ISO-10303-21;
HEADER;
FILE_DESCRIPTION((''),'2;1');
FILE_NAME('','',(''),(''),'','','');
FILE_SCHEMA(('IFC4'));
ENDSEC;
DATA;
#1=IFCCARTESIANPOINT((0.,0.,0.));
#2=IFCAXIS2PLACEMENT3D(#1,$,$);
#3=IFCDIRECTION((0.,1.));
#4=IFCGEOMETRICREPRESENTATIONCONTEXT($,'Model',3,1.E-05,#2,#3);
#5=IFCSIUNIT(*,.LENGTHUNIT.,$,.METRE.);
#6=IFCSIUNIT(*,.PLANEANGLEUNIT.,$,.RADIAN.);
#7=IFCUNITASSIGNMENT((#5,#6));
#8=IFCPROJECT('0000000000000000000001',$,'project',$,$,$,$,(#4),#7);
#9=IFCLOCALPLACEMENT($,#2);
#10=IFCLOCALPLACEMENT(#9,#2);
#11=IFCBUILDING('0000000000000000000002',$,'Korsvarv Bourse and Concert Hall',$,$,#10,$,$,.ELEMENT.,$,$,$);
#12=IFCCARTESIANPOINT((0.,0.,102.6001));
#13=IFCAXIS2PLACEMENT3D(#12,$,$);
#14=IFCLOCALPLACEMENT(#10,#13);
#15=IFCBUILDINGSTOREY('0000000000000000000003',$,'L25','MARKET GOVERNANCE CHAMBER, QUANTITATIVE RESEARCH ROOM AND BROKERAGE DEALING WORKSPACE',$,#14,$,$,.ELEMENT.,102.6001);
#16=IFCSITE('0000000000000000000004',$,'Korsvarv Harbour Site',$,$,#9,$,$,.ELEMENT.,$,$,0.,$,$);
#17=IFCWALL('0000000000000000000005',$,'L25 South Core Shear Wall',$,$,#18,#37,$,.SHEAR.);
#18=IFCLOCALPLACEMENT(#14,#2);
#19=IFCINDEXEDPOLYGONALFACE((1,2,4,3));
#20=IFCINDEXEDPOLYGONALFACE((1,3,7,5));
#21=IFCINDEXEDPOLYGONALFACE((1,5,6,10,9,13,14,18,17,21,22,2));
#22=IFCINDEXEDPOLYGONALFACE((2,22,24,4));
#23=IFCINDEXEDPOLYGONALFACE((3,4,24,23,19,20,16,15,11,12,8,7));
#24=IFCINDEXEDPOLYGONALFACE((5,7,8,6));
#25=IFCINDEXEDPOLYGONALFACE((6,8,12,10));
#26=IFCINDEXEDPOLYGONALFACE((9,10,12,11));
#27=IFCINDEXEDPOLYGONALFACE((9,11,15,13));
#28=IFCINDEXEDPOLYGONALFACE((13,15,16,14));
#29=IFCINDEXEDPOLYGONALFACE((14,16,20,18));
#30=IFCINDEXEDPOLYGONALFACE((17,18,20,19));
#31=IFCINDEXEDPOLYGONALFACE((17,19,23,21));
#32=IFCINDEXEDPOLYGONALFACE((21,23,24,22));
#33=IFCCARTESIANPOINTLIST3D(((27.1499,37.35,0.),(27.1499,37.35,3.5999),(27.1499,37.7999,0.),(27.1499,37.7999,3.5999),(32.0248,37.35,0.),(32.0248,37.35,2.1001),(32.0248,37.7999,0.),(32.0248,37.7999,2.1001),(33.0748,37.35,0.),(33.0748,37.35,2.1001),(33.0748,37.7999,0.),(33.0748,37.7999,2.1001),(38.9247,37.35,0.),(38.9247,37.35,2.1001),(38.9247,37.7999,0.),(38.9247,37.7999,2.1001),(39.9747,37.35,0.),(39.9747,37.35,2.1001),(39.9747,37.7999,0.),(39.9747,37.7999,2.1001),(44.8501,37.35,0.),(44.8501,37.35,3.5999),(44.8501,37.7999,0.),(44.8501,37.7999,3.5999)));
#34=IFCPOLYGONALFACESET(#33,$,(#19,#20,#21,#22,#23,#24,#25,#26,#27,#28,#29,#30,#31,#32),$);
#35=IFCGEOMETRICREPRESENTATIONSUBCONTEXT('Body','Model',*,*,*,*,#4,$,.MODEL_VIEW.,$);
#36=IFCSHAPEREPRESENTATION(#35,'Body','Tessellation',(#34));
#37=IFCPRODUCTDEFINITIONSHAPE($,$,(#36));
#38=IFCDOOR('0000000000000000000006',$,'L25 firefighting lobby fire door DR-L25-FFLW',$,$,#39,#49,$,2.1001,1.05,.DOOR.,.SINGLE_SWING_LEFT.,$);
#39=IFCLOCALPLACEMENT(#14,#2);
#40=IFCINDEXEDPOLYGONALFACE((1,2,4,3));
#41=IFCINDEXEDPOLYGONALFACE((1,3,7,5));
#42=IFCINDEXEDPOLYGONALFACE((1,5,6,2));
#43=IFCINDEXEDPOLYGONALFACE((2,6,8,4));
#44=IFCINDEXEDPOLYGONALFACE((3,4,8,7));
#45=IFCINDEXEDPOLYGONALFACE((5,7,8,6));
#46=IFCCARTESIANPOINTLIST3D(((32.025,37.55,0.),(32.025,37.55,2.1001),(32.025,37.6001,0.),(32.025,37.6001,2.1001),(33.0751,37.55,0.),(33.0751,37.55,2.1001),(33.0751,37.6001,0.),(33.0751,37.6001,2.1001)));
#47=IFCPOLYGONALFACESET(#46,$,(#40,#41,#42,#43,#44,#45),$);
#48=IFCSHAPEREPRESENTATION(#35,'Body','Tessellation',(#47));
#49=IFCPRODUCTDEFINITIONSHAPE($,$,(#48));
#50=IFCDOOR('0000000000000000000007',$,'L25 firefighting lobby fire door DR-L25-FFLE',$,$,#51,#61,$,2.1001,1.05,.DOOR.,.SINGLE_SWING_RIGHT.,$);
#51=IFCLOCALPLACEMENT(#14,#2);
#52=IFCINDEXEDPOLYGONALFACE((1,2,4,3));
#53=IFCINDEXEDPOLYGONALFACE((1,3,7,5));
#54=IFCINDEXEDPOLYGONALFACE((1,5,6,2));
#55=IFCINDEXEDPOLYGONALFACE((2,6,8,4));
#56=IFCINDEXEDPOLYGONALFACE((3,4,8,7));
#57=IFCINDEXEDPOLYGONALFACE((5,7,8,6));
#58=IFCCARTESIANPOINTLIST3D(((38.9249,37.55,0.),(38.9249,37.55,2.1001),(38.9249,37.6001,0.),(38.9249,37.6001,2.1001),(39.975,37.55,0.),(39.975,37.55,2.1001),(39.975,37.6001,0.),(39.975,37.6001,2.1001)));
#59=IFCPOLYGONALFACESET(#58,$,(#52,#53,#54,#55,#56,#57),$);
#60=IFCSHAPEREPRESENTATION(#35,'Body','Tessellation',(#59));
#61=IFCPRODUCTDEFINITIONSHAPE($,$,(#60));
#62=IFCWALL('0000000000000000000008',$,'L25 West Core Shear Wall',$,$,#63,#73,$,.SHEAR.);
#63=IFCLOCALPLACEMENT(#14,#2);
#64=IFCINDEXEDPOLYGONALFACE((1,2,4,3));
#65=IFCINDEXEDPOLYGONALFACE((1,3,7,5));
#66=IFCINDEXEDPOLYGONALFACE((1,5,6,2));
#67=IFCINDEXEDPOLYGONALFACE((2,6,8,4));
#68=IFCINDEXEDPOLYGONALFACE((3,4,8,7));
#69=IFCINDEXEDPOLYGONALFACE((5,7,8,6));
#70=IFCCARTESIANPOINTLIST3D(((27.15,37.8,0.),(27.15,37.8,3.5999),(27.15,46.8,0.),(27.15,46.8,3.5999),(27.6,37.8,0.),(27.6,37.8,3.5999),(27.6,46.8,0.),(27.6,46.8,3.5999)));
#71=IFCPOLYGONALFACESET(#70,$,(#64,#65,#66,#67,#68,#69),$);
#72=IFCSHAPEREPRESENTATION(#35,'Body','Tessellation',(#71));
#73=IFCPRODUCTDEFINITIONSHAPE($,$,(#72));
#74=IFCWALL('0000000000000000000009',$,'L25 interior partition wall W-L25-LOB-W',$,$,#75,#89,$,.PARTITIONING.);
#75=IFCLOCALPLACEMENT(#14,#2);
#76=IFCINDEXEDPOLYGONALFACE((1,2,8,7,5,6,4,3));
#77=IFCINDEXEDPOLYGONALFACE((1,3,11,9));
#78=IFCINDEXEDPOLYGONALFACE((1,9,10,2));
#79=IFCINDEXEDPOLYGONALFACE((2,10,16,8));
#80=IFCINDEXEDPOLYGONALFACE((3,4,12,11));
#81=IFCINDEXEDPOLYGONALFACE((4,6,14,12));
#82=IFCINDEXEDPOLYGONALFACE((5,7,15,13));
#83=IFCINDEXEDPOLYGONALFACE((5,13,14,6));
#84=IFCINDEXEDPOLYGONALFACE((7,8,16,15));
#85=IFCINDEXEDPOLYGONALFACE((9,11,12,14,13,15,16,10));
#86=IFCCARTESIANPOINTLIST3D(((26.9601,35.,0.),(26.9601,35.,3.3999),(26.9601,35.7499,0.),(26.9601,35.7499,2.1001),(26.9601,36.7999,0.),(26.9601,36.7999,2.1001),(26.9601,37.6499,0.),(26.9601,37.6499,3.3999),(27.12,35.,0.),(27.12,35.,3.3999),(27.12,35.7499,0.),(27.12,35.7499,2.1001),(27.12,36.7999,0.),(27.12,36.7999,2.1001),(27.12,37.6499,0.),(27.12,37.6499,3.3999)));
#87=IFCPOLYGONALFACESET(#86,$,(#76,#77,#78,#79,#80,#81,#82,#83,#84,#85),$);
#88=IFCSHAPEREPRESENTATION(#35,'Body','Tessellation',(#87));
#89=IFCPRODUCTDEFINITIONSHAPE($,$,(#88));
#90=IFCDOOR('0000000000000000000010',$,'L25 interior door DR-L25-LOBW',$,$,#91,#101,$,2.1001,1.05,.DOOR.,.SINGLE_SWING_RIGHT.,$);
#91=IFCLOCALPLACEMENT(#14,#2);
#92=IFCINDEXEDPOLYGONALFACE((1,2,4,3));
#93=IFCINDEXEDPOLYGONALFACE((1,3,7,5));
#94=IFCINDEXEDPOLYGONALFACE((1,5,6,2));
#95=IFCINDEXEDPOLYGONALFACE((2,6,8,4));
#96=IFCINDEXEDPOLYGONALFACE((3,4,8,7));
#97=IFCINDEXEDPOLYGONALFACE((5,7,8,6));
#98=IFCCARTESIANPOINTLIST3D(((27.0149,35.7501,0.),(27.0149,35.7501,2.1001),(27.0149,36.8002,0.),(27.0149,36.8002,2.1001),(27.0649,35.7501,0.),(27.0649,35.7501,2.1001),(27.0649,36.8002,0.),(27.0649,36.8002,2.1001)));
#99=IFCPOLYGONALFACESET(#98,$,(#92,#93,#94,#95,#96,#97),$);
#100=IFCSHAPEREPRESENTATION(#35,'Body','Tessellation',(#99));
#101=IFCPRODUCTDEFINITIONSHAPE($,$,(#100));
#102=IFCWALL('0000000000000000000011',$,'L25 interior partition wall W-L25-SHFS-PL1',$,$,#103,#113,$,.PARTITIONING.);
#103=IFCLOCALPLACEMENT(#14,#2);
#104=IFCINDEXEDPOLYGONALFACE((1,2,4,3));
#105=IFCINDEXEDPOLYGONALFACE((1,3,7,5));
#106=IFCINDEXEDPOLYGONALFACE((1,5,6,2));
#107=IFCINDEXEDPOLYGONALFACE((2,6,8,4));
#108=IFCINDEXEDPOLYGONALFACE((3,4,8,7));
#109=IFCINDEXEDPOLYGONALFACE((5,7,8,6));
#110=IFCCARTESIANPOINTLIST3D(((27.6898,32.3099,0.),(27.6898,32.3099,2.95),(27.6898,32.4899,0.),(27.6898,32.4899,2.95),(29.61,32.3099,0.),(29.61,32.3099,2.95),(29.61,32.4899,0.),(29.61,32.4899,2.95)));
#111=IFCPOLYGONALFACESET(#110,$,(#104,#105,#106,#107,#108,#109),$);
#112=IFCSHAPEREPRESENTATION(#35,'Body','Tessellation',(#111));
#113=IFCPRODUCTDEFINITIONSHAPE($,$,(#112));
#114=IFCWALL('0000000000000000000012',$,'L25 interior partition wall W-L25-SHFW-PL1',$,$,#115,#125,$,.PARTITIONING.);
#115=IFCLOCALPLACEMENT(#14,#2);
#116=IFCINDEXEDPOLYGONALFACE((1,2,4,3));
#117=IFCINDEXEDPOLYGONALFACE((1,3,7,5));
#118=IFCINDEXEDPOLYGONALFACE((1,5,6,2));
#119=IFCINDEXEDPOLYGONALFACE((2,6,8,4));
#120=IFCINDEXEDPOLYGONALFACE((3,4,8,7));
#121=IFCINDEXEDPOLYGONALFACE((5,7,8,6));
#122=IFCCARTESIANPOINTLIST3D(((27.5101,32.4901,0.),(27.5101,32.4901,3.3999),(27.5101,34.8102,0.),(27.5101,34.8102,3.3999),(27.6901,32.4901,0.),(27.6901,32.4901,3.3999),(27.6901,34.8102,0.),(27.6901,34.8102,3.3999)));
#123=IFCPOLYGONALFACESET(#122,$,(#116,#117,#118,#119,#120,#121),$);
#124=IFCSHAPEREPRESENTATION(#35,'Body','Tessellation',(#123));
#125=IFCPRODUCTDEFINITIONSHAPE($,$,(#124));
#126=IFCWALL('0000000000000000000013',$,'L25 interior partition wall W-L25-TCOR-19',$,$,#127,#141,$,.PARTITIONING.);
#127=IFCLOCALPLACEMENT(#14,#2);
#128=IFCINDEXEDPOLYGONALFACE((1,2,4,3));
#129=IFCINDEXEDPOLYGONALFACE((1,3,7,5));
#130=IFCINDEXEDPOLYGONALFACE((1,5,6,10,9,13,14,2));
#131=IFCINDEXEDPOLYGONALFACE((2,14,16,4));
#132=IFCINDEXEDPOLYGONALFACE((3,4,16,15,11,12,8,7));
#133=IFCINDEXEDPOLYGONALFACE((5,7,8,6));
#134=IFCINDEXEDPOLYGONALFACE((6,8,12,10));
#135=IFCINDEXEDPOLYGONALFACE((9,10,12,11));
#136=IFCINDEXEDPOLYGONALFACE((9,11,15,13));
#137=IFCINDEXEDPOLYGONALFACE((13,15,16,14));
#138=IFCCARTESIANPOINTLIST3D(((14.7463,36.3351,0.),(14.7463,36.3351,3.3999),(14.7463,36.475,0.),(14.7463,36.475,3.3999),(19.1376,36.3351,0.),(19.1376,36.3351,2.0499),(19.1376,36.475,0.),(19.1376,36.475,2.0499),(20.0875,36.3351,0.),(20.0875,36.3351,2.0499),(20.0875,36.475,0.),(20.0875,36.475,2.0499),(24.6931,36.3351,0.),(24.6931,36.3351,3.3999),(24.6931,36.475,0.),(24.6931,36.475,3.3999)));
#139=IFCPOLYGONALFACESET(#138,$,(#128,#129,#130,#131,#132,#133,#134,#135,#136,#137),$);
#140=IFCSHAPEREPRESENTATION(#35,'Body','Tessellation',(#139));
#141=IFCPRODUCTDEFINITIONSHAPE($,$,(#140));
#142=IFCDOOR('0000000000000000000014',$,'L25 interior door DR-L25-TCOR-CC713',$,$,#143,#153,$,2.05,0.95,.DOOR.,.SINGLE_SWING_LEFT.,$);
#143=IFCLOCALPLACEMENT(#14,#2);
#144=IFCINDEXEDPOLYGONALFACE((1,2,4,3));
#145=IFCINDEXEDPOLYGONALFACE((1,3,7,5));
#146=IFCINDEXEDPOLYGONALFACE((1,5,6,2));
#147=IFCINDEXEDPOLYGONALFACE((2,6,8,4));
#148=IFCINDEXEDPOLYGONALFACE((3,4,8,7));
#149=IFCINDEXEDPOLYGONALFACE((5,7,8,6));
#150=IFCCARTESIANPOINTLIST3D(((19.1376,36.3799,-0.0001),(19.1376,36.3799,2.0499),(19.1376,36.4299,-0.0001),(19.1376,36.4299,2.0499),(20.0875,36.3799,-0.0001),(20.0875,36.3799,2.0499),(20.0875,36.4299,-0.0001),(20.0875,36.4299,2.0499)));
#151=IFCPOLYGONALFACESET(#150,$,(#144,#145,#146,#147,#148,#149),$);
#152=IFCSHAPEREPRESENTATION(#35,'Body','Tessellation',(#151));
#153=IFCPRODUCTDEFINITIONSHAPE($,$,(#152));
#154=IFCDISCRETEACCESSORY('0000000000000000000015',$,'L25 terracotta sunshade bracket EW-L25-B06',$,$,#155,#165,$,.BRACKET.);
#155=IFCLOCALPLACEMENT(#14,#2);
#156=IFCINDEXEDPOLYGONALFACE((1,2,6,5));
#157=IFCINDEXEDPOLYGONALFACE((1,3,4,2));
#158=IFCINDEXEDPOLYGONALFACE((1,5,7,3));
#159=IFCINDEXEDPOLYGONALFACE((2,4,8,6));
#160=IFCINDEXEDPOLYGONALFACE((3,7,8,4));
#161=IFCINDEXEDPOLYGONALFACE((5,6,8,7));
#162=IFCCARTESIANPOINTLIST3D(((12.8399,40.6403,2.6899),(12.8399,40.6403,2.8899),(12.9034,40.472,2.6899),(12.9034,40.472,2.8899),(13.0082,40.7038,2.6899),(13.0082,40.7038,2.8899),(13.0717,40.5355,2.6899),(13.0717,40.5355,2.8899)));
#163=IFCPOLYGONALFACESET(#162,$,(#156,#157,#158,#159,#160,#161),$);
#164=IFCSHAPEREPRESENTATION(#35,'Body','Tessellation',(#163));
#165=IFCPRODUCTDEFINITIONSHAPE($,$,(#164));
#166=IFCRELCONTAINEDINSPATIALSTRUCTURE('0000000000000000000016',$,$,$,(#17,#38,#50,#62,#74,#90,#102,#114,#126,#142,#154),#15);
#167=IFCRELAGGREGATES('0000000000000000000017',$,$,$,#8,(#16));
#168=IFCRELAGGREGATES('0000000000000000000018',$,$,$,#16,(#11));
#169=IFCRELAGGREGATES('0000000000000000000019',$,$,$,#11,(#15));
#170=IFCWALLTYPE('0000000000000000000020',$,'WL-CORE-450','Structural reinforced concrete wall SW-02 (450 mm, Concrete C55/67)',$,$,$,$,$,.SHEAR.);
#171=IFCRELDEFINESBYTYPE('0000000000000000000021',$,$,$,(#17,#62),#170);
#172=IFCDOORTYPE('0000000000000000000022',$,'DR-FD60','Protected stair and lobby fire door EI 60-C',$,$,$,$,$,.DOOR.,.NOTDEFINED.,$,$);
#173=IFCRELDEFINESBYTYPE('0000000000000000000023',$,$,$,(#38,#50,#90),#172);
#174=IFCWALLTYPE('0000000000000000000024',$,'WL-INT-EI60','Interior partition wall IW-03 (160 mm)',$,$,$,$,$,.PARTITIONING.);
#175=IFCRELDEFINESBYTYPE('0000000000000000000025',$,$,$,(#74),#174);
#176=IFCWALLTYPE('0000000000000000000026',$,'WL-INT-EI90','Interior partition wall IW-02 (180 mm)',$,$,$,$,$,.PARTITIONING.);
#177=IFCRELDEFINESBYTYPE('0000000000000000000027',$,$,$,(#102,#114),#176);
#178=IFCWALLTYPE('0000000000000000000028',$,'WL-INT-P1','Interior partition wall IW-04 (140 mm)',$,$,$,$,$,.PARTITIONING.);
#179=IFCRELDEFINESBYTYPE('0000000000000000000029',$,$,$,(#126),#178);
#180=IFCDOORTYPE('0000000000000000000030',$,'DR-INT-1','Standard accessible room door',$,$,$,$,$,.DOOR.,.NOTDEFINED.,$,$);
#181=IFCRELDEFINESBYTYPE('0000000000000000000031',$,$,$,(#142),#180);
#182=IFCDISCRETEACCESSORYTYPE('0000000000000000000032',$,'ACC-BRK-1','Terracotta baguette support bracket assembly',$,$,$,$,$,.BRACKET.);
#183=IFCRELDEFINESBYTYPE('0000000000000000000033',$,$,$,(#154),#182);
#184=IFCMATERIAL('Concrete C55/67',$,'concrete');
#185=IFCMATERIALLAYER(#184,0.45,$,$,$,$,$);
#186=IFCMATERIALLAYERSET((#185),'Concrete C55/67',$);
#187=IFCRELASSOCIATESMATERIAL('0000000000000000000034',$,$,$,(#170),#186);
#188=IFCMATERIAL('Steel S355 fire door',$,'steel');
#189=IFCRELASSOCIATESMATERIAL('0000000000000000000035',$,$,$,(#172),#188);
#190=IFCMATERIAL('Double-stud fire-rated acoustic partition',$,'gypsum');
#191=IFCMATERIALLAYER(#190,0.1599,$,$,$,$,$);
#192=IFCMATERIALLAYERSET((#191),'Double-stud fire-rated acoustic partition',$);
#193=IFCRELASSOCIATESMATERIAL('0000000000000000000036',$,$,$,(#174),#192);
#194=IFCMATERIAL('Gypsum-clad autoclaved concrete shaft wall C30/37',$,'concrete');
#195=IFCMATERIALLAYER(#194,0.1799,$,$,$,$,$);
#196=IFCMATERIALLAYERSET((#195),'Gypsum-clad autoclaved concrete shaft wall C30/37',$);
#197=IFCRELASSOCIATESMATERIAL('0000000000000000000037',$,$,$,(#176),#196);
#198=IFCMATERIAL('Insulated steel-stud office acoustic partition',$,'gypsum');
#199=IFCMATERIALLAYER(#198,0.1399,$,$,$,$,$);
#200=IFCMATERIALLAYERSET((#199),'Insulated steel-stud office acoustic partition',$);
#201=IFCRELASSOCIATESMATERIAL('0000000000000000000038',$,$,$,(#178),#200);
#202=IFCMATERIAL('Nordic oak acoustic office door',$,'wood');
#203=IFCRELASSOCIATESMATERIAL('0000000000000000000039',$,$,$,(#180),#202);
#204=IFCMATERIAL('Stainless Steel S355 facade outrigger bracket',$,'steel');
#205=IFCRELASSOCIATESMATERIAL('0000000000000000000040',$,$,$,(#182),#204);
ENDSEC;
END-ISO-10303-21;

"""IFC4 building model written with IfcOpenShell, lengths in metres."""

from ifc_helpers import new_model, si_unit, direction, frame, frame_2d, origin, origin_2d, place, context, subcontext, project, spatial, rectangle, extrude, source, transform, mapped, material, layer, layer_set, type_object, element, fill, save


model = new_model("IFC4")

# Units and contexts
model_context = context("Model", 3, precision=1e-05, world=origin(), true_north=direction((0.0, 1.0)))
body_context = subcontext(model_context, "Body", "Model", "MODEL_VIEW")
ifc_project = project(units=[si_unit("LENGTHUNIT", "METRE"), si_unit("PLANEANGLEUNIT", "RADIAN")], contexts=[model_context])

# Site, building, storey
site_placement = place(None, origin())
site = spatial("IfcSite", under=ifc_project, at=site_placement, Name="Korsvarv Harbour Site", CompositionType="ELEMENT", RefElevation=0.0)
building_placement = place(site_placement, origin())
building = spatial("IfcBuilding", under=site, at=building_placement, Name="Korsvarv Bourse and Concert Hall", CompositionType="ELEMENT")
storey_placement = place(building_placement, frame((0.0, 0.0, 102.6001)))
storey = spatial("IfcBuildingStorey", under=building, at=storey_placement, Name="L25", Description="MARKET GOVERNANCE CHAMBER, QUANTITATIVE RESEARCH ROOM AND BROKERAGE DEALING WORKSPACE", CompositionType="ELEMENT", Elevation=102.6001)

# Wall, openings, doors
ifc_material_1 = material(Name="Concrete C55/67", Category="concrete")
ifc_layer_1 = layer(ifc_material_1, 0.45)
ifc_layer_set_1 = layer_set([ifc_layer_1], Name="Concrete C55/67")
wall_type_1 = type_object("IfcWallType", Name="WL-CORE-450", Description="Structural reinforced concrete wall SW-02 (450 mm, Concrete C55/67)", PredefinedType="SHEAR", material=ifc_layer_set_1)
wall_1_placement = place(storey_placement, frame((27.1499, 37.575, 0.0), z_axis=(0.0, 0.0, 1.0), x_axis=(1.0, 0.0, 0.0)))
wall_1 = element("IfcWall", 1, at=wall_1_placement, inside=storey, type_object=wall_type_1, Name="L25 South Core Shear Wall", PredefinedType="SHEAR", context=body_context, shape_type="SweptSolid", body=[
    extrude(rectangle(XDim=17.7002, YDim=0.45, at=frame_2d((8.8501, 0.0))), origin(), (0.0, 0.0, 1.0), 3.5999),
])
opening_1_placement = place(wall_1_placement, frame((4.875, 0.0, 0.0)))
opening_1 = element("IfcOpeningElement", 2, at=opening_1_placement, cuts=wall_1, PredefinedType="OPENING", context=body_context, shape_type="SweptSolid", body=[
    extrude(rectangle(XDim=1.05, YDim=2.1001, at=frame_2d((0.5249, 1.05))), frame((0.0, 0.2349, 0.0), z_axis=(0.0, -1.0, 0.0), x_axis=(1.0, 0.0, 0.0)), (0.0, 0.0, 1.0), 0.47),
])
opening_2_placement = place(wall_1_placement, frame((11.7749, 0.0, 0.0)))
opening_2 = element("IfcOpeningElement", 3, at=opening_2_placement, cuts=wall_1, PredefinedType="OPENING", context=body_context, shape_type="SweptSolid", body=[
    extrude(rectangle(XDim=1.05, YDim=2.1001, at=frame_2d((0.5249, 1.05))), frame((0.0, 0.2349, 0.0), z_axis=(0.0, -1.0, 0.0), x_axis=(1.0, 0.0, 0.0)), (0.0, 0.0, 1.0), 0.47),
])
ifc_material_2 = material(Name="Steel S355 fire door", Category="steel")
door_type_1 = type_object("IfcDoorType", Name="DR-FD60", Description="Protected stair and lobby fire door EI 60-C", OperationType="NOTDEFINED", PredefinedType="DOOR", material=ifc_material_2)
door_1_placement = place(opening_1_placement, frame((1.05, 0.0, 0.0), z_axis=(0.0, 0.0, 1.0), x_axis=(-1.0, 0.0, 0.0)))
door_1 = element("IfcDoor", 4, at=door_1_placement, inside=storey, type_object=door_type_1, Name="L25 firefighting lobby fire door DR-L25-FFLW", OperationType="SINGLE_SWING_LEFT", OverallHeight=2.1001, OverallWidth=1.05, PredefinedType="DOOR", context=body_context, shape_type="SweptSolid", body=[
    extrude(rectangle(XDim=1.05, YDim=2.1001, at=frame_2d((0.5249, 1.05))), frame((0.0, 0.0249, 0.0), z_axis=(0.0, -1.0, 0.0), x_axis=(1.0, 0.0, 0.0)), (0.0, 0.0, 1.0), 0.05),
])
fill(opening_1, door_1)
door_2_placement = place(opening_2_placement, frame((1.05, 0.0, 0.0), z_axis=(0.0, 0.0, 1.0), x_axis=(-1.0, 0.0, 0.0)))
door_2 = element("IfcDoor", 5, at=door_2_placement, inside=storey, type_object=door_type_1, Name="L25 firefighting lobby fire door DR-L25-FFLE", OperationType="SINGLE_SWING_RIGHT", OverallHeight=2.1001, OverallWidth=1.05, PredefinedType="DOOR", context=body_context, shape_type="SweptSolid", body=[
    extrude(rectangle(XDim=1.05, YDim=2.1001, at=frame_2d((0.5249, 1.05))), frame((0.0, 0.0249, 0.0), z_axis=(0.0, -1.0, 0.0), x_axis=(1.0, 0.0, 0.0)), (0.0, 0.0, 1.0), 0.05),
])
fill(opening_2, door_2)

# Wall
wall_2_placement = place(storey_placement, frame((27.375, 37.8, 0.0), z_axis=(0.0, 0.0, 1.0), x_axis=(0.0, 1.0, 0.0)))
element("IfcWall", 6, at=wall_2_placement, inside=storey, type_object=wall_type_1, Name="L25 West Core Shear Wall", PredefinedType="SHEAR", context=body_context, shape_type="SweptSolid", body=[
    extrude(rectangle(XDim=9.0, YDim=0.45, at=frame_2d((4.5, 0.0))), origin(), (0.0, 0.0, 1.0), 3.5999),
])

# Wall, opening, door
ifc_material_3 = material(Name="Double-stud fire-rated acoustic partition", Category="gypsum")
ifc_layer_2 = layer(ifc_material_3, 0.1599)
ifc_layer_set_2 = layer_set([ifc_layer_2], Name="Double-stud fire-rated acoustic partition")
wall_type_2 = type_object("IfcWallType", Name="WL-INT-EI60", Description="Interior partition wall IW-03 (160 mm)", PredefinedType="PARTITIONING", material=ifc_layer_set_2)
wall_3_placement = place(storey_placement, frame((27.04, 35.0, 0.0), z_axis=(0.0, 0.0, 1.0), x_axis=(0.0, 1.0, 0.0)))
wall_3 = element("IfcWall", 7, at=wall_3_placement, inside=storey, type_object=wall_type_2, Name="L25 interior partition wall W-L25-LOB-W", PredefinedType="PARTITIONING", context=body_context, shape_type="SweptSolid", body=[
    extrude(rectangle(XDim=2.6499, YDim=0.1599, at=frame_2d((1.325, 0.0))), origin(), (0.0, 0.0, 1.0), 3.3999),
])
opening_3_placement = place(wall_3_placement, frame((0.75, 0.0, 0.0)))
opening_3 = element("IfcOpeningElement", 8, at=opening_3_placement, cuts=wall_3, PredefinedType="OPENING", context=body_context, shape_type="SweptSolid", body=[
    extrude(rectangle(XDim=1.05, YDim=2.1001, at=frame_2d((0.5249, 1.05))), frame((0.0, 0.0898, 0.0), z_axis=(0.0, -1.0, 0.0), x_axis=(1.0, 0.0, 0.0)), (0.0, 0.0, 1.0), 0.1799),
])
door_3_placement = place(opening_3_placement, frame((1.05, 0.0, 0.0), z_axis=(0.0, 0.0, 1.0), x_axis=(-1.0, 0.0, 0.0)))
door_3 = element("IfcDoor", 9, at=door_3_placement, inside=storey, type_object=door_type_1, Name="L25 interior door DR-L25-LOBW", OperationType="SINGLE_SWING_RIGHT", OverallHeight=2.1001, OverallWidth=1.05, PredefinedType="DOOR", context=body_context, shape_type="SweptSolid", body=[
    extrude(rectangle(XDim=1.05, YDim=2.1001, at=frame_2d((0.5249, 1.05))), frame((0.0, 0.0249, 0.0), z_axis=(0.0, -1.0, 0.0), x_axis=(1.0, 0.0, 0.0)), (0.0, 0.0, 1.0), 0.05),
])
fill(opening_3, door_3)

# Walls
ifc_material_4 = material(Name="Gypsum-clad autoclaved concrete shaft wall C30/37", Category="concrete")
ifc_layer_3 = layer(ifc_material_4, 0.1799)
ifc_layer_set_3 = layer_set([ifc_layer_3], Name="Gypsum-clad autoclaved concrete shaft wall C30/37")
wall_type_3 = type_object("IfcWallType", Name="WL-INT-EI90", Description="Interior partition wall IW-02 (180 mm)", PredefinedType="PARTITIONING", material=ifc_layer_set_3)
wall_4_placement = place(storey_placement, frame((27.6899, 32.3999, 0.0), z_axis=(0.0, 0.0, 1.0), x_axis=(1.0, 0.0, 0.0)))
element("IfcWall", 10, at=wall_4_placement, inside=storey, type_object=wall_type_3, Name="L25 interior partition wall W-L25-SHFS-PL1", PredefinedType="PARTITIONING", context=body_context, shape_type="SweptSolid", body=[
    extrude(rectangle(XDim=1.9202, YDim=0.1799, at=frame_2d((0.96, 0.0))), origin(), (0.0, 0.0, 1.0), 2.95),
])
wall_5_placement = place(storey_placement, frame((27.6001, 32.49, 0.0), z_axis=(0.0, 0.0, 1.0), x_axis=(0.0, 1.0, 0.0)))
element("IfcWall", 11, at=wall_5_placement, inside=storey, type_object=wall_type_3, Name="L25 interior partition wall W-L25-SHFW-PL1", PredefinedType="PARTITIONING", context=body_context, shape_type="SweptSolid", body=[
    extrude(rectangle(XDim=2.3201, YDim=0.1799, at=frame_2d((1.1602, 0.0))), origin(), (0.0, 0.0, 1.0), 3.3999),
])

# Wall, opening, door
ifc_material_5 = material(Name="Insulated steel-stud office acoustic partition", Category="gypsum")
ifc_layer_4 = layer(ifc_material_5, 0.1399)
ifc_layer_set_4 = layer_set([ifc_layer_4], Name="Insulated steel-stud office acoustic partition")
wall_type_4 = type_object("IfcWallType", Name="WL-INT-P1", Description="Interior partition wall IW-04 (140 mm)", PredefinedType="PARTITIONING", material=ifc_layer_set_4)
wall_6_placement = place(storey_placement, frame((14.7463, 36.405, 0.0), z_axis=(0.0, 0.0, 1.0), x_axis=(1.0, 0.0, 0.0)))
wall_6 = element("IfcWall", 12, at=wall_6_placement, inside=storey, type_object=wall_type_4, Name="L25 interior partition wall W-L25-TCOR-19", PredefinedType="PARTITIONING", context=body_context, shape_type="SweptSolid", body=[
    extrude(rectangle(XDim=9.9468, YDim=0.1399, at=frame_2d((4.9734, 0.0))), origin(), (0.0, 0.0, 1.0), 3.3999),
])
opening_4_placement = place(wall_6_placement, frame((4.3911, 0.0, 0.0)))
opening_4 = element("IfcOpeningElement", 13, at=opening_4_placement, cuts=wall_6, PredefinedType="OPENING", context=body_context, shape_type="SweptSolid", body=[
    extrude(rectangle(XDim=0.95, YDim=2.05, at=frame_2d((0.4751, 1.0249))), frame((0.0, 0.0801, 0.0), z_axis=(0.0, -1.0, 0.0), x_axis=(1.0, 0.0, 0.0)), (0.0, 0.0, 1.0), 0.1599),
])
ifc_material_6 = material(Name="Nordic oak acoustic office door", Category="wood")
door_type_2 = type_object("IfcDoorType", Name="DR-INT-1", Description="Standard accessible room door", OperationType="NOTDEFINED", PredefinedType="DOOR", material=ifc_material_6)
door_4_placement = place(opening_4_placement, origin())
door_4 = element("IfcDoor", 14, at=door_4_placement, inside=storey, type_object=door_type_2, Name="L25 interior door DR-L25-TCOR-CC713", OperationType="SINGLE_SWING_LEFT", OverallHeight=2.05, OverallWidth=0.95, PredefinedType="DOOR", context=body_context, shape_type="SweptSolid", body=[
    extrude(rectangle(XDim=0.95, YDim=2.05, at=frame_2d((0.4751, 1.0249))), frame((0.0, 0.0249, 0.0), z_axis=(0.0, -1.0, 0.0), x_axis=(1.0, 0.0, 0.0)), (0.0, 0.0, 1.0), 0.05),
])
fill(opening_4, door_4)

# Discrete accessory
ifc_material_7 = material(Name="Stainless Steel S355 facade outrigger bracket", Category="steel")
discrete_accessory_type = type_object("IfcDiscreteAccessoryType", Name="ACC-BRK-1", Description="Terracotta baguette support bracket assembly", PredefinedType="BRACKET", material=ifc_material_7)
shared_shape_1 = source(origin(), body_context, "Body", "SweptSolid", [
    extrude(rectangle(XDim=0.1799, YDim=0.1799, at=origin_2d()), origin(), (0.0, 0.0, 1.0), 0.2),
])
discrete_accessory_placement = place(storey_placement, frame((12.9558, 40.5879, 2.6899), z_axis=(0.0, 0.0, 1.0), x_axis=(0.352985, -0.935629, 0.0)))
element("IfcDiscreteAccessory", 15, at=discrete_accessory_placement, inside=storey, type_object=discrete_accessory_type, Name="L25 terracotta sunshade bracket EW-L25-B06", PredefinedType="BRACKET", context=body_context, shape_type="MappedRepresentation", body=[
    mapped(shared_shape_1, transform((0.0, 0.0, 0.0), scale=1.0)),
])

save(model, "model.ifc")
